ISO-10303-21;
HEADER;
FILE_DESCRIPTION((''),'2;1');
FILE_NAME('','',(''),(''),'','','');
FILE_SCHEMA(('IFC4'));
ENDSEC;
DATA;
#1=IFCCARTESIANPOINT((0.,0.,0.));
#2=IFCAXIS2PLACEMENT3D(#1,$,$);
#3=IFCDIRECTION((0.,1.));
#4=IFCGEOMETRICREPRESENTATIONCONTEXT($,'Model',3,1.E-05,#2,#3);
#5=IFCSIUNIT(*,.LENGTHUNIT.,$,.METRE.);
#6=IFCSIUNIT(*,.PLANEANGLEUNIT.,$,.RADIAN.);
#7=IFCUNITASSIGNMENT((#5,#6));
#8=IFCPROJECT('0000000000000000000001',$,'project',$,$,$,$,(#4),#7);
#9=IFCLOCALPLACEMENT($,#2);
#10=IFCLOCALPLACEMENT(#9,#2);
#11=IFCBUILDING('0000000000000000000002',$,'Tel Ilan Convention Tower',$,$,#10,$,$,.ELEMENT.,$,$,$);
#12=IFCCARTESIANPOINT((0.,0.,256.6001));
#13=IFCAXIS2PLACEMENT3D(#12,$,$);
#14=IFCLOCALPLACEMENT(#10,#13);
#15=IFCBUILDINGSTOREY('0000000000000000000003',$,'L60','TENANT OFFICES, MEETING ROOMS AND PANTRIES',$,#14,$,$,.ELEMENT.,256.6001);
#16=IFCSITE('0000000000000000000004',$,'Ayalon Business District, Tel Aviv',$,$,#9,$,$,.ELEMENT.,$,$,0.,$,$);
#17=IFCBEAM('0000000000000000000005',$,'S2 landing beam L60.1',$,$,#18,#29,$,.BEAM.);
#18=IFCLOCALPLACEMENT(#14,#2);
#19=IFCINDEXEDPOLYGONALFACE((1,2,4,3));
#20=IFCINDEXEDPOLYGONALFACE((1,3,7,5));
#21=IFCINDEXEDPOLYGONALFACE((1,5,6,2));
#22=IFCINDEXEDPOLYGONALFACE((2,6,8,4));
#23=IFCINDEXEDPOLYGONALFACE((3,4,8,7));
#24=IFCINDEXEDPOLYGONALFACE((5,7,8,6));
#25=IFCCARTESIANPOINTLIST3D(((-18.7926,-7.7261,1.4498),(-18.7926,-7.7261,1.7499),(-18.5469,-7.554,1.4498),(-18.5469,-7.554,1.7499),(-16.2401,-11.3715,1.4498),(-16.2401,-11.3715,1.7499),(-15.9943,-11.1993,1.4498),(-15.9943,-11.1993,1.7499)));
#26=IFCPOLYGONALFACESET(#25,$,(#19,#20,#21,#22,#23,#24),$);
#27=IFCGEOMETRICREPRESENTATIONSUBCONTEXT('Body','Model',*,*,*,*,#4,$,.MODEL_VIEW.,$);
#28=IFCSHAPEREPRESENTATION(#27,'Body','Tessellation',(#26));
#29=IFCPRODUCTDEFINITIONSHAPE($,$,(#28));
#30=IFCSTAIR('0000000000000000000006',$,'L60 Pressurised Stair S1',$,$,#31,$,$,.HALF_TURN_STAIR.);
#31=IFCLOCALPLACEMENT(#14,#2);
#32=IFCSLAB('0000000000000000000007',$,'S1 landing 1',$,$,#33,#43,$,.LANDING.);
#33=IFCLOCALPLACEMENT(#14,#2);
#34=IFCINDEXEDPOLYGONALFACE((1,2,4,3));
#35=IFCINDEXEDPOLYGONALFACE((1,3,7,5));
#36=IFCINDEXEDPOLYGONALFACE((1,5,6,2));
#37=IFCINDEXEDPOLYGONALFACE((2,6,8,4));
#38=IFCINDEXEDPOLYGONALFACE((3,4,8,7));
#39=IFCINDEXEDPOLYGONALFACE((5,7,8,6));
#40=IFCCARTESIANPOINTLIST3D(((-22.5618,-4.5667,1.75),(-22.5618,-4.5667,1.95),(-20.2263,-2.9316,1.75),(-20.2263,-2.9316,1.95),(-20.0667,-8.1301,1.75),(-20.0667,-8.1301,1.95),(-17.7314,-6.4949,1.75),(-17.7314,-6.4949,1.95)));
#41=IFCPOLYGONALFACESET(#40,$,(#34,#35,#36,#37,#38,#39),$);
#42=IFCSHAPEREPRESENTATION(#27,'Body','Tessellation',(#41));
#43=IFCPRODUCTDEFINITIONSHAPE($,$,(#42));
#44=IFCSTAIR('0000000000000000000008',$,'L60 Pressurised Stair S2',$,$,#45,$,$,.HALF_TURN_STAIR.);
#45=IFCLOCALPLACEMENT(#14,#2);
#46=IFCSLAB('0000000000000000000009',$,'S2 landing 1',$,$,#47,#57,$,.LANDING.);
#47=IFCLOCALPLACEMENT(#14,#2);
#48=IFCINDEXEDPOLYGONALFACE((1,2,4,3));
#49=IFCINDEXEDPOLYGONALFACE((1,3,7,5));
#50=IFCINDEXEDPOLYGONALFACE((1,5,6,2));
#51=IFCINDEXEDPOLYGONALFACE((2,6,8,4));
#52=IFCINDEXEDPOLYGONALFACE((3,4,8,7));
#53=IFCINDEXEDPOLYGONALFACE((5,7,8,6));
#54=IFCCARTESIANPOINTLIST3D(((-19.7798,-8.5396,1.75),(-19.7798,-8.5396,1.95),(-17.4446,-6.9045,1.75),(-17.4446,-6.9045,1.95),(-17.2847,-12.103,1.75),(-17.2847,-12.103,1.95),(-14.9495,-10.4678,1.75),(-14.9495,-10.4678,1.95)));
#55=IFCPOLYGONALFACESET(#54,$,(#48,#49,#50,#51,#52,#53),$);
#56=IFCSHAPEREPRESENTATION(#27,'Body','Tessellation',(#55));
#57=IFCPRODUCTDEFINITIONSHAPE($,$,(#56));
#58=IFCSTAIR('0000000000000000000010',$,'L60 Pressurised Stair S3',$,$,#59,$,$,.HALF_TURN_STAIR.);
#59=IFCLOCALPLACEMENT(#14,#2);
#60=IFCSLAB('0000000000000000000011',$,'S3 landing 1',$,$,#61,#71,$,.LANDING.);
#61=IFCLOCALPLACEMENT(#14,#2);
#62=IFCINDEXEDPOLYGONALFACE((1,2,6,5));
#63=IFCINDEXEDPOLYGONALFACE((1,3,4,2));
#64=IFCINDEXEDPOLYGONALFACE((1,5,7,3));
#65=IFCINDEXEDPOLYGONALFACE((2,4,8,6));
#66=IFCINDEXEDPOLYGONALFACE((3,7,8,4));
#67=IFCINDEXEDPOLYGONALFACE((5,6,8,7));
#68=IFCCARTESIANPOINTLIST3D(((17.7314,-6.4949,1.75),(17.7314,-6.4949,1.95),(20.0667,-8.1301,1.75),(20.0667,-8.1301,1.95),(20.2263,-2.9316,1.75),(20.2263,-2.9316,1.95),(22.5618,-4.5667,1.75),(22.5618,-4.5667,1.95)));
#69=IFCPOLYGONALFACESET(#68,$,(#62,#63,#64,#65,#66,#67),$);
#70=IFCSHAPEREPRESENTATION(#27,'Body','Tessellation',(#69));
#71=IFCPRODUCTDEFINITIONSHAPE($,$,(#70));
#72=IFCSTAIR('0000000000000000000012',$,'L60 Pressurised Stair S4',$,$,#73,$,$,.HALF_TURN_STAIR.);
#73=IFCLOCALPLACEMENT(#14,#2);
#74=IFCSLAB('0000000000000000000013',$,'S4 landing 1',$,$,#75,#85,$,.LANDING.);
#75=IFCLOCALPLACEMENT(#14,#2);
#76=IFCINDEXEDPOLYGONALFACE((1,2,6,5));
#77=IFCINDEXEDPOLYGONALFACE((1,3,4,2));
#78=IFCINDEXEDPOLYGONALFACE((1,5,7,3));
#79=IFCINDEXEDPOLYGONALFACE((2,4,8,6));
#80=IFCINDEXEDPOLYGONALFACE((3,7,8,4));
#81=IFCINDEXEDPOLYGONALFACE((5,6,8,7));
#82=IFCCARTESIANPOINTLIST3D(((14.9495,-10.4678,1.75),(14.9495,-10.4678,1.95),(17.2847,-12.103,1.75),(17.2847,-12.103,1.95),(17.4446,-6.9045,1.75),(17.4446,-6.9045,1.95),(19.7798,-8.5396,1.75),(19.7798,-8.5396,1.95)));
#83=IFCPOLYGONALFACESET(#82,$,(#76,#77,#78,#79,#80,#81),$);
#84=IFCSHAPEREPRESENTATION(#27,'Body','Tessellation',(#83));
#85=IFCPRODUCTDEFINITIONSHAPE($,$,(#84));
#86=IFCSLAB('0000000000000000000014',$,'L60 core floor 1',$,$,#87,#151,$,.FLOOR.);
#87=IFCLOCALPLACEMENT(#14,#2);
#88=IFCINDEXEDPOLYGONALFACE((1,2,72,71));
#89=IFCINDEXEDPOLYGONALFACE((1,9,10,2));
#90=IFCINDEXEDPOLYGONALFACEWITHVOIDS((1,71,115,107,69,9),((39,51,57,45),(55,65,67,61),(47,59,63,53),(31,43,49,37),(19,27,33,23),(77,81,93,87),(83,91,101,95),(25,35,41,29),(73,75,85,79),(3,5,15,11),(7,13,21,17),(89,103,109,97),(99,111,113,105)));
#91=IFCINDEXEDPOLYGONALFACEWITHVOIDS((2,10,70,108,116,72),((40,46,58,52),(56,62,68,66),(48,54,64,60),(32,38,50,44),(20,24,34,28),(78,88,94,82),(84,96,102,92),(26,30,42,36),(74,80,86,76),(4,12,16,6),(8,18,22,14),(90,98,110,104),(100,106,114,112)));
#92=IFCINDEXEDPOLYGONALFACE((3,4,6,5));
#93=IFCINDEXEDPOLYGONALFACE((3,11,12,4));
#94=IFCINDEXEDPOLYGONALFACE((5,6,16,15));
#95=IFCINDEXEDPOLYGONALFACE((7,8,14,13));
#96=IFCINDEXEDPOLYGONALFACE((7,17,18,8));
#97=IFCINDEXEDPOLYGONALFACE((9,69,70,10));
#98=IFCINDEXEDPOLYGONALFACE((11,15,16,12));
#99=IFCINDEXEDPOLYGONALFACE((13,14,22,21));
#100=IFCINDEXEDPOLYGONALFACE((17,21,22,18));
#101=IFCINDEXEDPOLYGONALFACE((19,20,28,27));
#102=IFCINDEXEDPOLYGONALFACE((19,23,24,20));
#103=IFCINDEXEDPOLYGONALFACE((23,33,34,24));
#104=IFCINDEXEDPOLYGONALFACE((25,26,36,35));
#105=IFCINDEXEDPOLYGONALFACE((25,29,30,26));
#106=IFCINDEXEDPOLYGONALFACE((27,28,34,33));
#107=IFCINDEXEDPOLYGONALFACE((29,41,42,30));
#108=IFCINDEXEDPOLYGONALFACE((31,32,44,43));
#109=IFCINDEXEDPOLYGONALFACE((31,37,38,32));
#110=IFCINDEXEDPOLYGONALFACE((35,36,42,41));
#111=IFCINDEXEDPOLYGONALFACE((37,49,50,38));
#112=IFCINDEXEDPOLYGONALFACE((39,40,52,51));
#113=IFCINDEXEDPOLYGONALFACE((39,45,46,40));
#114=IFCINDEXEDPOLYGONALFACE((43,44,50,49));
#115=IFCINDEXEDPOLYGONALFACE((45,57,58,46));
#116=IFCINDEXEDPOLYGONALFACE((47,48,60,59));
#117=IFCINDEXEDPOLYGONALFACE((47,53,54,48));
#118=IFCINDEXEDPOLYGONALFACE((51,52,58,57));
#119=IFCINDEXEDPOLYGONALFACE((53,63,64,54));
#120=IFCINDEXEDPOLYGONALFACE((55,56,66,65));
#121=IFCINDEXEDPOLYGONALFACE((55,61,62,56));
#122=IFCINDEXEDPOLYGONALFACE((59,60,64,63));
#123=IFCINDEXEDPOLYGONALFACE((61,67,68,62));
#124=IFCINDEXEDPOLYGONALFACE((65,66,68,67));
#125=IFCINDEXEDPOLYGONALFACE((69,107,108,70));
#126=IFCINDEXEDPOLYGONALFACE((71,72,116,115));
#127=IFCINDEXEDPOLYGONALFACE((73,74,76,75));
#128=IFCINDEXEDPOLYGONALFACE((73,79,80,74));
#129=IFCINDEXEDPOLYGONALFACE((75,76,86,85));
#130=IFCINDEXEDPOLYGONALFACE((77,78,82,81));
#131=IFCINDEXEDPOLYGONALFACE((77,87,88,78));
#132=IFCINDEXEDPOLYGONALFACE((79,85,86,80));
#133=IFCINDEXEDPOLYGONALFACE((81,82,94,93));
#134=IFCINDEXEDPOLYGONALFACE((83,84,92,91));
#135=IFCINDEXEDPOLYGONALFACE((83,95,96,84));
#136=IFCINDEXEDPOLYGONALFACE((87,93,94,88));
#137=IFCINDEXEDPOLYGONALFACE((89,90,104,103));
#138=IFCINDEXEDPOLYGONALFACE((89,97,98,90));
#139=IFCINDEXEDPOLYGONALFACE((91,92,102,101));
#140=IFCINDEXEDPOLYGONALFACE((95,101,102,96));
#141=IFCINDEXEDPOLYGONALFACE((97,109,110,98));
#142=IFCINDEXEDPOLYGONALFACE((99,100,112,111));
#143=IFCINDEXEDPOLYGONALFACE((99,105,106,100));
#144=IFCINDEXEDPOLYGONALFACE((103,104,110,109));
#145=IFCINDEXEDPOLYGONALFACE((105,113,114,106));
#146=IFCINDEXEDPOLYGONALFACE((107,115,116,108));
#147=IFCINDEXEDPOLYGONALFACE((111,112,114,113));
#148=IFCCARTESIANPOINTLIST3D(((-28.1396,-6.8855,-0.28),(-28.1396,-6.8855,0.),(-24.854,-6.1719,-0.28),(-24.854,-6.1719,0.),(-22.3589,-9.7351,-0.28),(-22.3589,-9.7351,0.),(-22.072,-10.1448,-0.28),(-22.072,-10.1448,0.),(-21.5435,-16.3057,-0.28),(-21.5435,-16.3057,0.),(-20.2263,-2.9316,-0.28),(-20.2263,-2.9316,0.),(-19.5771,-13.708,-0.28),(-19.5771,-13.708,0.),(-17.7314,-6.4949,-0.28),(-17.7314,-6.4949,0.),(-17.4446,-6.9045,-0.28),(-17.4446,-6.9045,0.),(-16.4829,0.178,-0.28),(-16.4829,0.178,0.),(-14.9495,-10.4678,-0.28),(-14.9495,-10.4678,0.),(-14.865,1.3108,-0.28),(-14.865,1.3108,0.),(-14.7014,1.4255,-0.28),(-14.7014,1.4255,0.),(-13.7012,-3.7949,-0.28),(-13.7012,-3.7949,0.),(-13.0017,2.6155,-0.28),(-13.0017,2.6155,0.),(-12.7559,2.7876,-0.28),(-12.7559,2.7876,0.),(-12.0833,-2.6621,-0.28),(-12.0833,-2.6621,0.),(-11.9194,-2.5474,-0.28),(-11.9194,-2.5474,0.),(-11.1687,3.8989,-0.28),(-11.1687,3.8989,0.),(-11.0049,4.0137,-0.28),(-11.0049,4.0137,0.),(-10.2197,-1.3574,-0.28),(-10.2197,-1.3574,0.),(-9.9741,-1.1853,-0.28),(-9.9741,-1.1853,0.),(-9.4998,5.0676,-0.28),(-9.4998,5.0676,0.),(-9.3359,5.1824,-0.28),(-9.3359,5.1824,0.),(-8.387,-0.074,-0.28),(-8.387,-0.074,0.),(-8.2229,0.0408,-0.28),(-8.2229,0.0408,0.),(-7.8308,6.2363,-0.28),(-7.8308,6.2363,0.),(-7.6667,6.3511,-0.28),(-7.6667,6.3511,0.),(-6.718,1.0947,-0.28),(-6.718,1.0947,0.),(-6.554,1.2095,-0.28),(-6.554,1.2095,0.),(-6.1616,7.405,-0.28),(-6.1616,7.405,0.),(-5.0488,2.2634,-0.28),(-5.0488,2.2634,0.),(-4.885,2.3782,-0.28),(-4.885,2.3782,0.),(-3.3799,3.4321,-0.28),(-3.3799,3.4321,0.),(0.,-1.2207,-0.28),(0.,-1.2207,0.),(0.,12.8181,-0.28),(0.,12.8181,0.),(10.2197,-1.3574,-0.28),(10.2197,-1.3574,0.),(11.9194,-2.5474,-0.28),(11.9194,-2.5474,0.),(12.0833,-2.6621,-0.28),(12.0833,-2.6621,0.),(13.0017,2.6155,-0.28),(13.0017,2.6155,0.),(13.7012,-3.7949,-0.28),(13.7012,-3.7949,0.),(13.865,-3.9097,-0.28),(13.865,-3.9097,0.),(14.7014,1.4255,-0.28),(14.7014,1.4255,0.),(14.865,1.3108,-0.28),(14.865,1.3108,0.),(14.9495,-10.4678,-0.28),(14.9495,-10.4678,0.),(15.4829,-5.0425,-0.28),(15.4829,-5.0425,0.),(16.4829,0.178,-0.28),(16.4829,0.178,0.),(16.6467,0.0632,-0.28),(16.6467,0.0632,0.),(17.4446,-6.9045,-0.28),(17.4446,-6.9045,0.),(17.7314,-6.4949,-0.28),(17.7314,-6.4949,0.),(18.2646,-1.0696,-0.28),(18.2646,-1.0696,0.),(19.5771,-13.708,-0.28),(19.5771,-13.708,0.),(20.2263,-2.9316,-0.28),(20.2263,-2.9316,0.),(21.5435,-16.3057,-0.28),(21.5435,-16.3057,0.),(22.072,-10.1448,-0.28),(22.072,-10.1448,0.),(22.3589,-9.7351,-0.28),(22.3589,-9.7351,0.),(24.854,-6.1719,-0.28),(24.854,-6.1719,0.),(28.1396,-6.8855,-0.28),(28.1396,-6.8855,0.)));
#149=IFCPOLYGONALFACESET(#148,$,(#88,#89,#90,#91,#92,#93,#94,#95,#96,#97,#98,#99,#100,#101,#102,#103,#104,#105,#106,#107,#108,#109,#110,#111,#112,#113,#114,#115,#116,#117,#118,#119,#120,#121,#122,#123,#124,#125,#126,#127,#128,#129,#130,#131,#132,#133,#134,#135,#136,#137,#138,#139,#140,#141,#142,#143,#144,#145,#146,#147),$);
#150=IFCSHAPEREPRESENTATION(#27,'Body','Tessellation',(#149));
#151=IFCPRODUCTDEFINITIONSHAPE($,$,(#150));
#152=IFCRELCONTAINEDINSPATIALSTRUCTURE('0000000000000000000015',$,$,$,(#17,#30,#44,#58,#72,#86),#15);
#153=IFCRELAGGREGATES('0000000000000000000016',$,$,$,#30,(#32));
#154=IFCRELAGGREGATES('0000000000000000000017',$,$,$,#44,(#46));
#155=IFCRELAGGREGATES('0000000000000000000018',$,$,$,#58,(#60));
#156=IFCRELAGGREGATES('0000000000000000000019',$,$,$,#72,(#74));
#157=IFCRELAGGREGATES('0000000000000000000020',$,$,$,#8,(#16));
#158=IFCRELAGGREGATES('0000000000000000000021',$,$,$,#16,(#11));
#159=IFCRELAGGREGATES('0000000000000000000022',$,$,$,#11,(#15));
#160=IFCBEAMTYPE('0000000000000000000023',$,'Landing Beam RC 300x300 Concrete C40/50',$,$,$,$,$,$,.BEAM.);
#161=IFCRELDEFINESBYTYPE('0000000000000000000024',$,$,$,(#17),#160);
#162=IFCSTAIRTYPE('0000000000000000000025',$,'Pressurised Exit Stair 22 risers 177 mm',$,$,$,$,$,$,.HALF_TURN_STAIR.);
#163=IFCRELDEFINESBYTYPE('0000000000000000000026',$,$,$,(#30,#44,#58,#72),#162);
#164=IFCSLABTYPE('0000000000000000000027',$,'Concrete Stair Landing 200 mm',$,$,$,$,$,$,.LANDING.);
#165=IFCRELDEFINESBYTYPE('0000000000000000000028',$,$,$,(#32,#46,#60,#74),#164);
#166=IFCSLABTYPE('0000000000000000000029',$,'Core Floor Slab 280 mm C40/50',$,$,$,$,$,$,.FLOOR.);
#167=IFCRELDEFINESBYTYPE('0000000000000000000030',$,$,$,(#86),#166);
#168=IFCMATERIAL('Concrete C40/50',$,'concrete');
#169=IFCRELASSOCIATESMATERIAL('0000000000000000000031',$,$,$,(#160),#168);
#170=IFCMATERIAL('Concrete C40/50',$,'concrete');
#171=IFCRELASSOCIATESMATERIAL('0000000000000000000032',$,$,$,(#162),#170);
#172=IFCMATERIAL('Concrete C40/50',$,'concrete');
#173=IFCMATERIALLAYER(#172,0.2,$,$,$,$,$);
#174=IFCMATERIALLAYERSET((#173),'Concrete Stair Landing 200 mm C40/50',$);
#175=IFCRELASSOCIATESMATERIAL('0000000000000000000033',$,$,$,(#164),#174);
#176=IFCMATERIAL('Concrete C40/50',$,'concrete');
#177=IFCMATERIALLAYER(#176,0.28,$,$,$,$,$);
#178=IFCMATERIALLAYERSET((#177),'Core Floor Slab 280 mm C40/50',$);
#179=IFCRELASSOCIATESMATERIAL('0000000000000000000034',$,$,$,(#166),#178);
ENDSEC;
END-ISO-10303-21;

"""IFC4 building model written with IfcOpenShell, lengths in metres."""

from ifc_helpers import new_model, si_unit, direction, frame, origin, origin_2d, place, context, subcontext, project, spatial, polyline, rectangle, outline, extrude, material, layer, layer_set, material_profile, profile_set, type_object, element, aggregate, save


model = new_model("IFC4")

# Units and contexts
model_context = context("Model", 3, precision=1e-05, world=origin(), true_north=direction((0.0, 1.0)))
body_context = subcontext(model_context, "Body", "Model", "MODEL_VIEW")
ifc_project = project(units=[si_unit("LENGTHUNIT", "METRE"), si_unit("PLANEANGLEUNIT", "RADIAN")], contexts=[model_context])

# Site, building, storey
site_placement = place(None, origin())
site = spatial("IfcSite", under=ifc_project, at=site_placement, Name="Ayalon Business District, Tel Aviv", CompositionType="ELEMENT", RefElevation=0.0)
building_placement = place(site_placement, origin())
building = spatial("IfcBuilding", under=site, at=building_placement, Name="Tel Ilan Convention Tower", CompositionType="ELEMENT")
storey_placement = place(building_placement, frame((0.0, 0.0, 256.6001)))
storey = spatial("IfcBuildingStorey", under=building, at=storey_placement, Name="L60", Description="TENANT OFFICES, MEETING ROOMS AND PANTRIES", CompositionType="ELEMENT", Elevation=256.6001)

# Beam
ifc_material_1 = material(Name="Concrete C40/50", Category="concrete")
ifc_material_profile = material_profile(ifc_material_1, rectangle(XDim=0.3, YDim=0.3, at=origin_2d()), Name="RC 300x300")
ifc_profile_set = profile_set([ifc_material_profile], Name="Concrete C40/50")
beam_type = type_object("IfcBeamType", Name="Landing Beam RC 300x300 Concrete C40/50", PredefinedType="BEAM", material=ifc_profile_set)
beam_placement = place(storey_placement, frame((-16.1172, -11.2854, 1.5999), z_axis=(-0.573584, 0.819147, 0.0), x_axis=(-0.819147, -0.573584, 0.0)))
element("IfcBeam", 1, at=beam_placement, inside=storey, type_object=beam_type, Name="S2 landing beam L60.1", PredefinedType="BEAM", context=body_context, shape_type="SweptSolid", body=[
    extrude(rectangle(XDim=0.3, YDim=0.3, at=origin_2d()), origin(), (0.0, 0.0, 1.0), 4.4502),
])

# Stairs, slabs
ifc_material_2 = material(Name="Concrete C40/50", Category="concrete")
stair_type = type_object("IfcStairType", Name="Pressurised Exit Stair 22 risers 177 mm", PredefinedType="HALF_TURN_STAIR", material=ifc_material_2)
stair_1_placement = place(storey_placement, origin())
stair_1 = element("IfcStair", 2, at=stair_1_placement, inside=storey, type_object=stair_type, Name="L60 Pressurised Stair S1", PredefinedType="HALF_TURN_STAIR")
ifc_material_3 = material(Name="Concrete C40/50", Category="concrete")
ifc_layer_1 = layer(ifc_material_3, 0.2)
ifc_layer_set_1 = layer_set([ifc_layer_1], Name="Concrete Stair Landing 200 mm C40/50")
slab_type_1 = type_object("IfcSlabType", Name="Concrete Stair Landing 200 mm", PredefinedType="LANDING", material=ifc_layer_set_1)
slab_1_placement = place(storey_placement, frame((0.0, 0.0, 1.75)))
slab_1 = element("IfcSlab", 3, at=slab_1_placement, type_object=slab_type_1, Name="S1 landing 1", PredefinedType="LANDING", context=body_context, shape_type="SweptSolid", body=[
    extrude(outline(polyline([(-20.0667, -8.1301), (-17.7314, -6.4949), (-20.2263, -2.9316), (-22.5618, -4.5667), (-20.0667, -8.1301)])), origin(), (0.0, 0.0, 1.0), 0.2),
])
aggregate(stair_1, [slab_1])
stair_2_placement = place(storey_placement, origin())
stair_2 = element("IfcStair", 4, at=stair_2_placement, inside=storey, type_object=stair_type, Name="L60 Pressurised Stair S2", PredefinedType="HALF_TURN_STAIR")
slab_2_placement = place(storey_placement, frame((0.0, 0.0, 1.75)))
slab_2 = element("IfcSlab", 5, at=slab_2_placement, type_object=slab_type_1, Name="S2 landing 1", PredefinedType="LANDING", context=body_context, shape_type="SweptSolid", body=[
    extrude(outline(polyline([(-17.2847, -12.103), (-14.9495, -10.4678), (-17.4446, -6.9045), (-19.7798, -8.5396), (-17.2847, -12.103)])), origin(), (0.0, 0.0, 1.0), 0.2),
])
aggregate(stair_2, [slab_2])
stair_3_placement = place(storey_placement, origin())
stair_3 = element("IfcStair", 6, at=stair_3_placement, inside=storey, type_object=stair_type, Name="L60 Pressurised Stair S3", PredefinedType="HALF_TURN_STAIR")
slab_3_placement = place(storey_placement, frame((0.0, 0.0, 1.75)))
slab_3 = element("IfcSlab", 7, at=slab_3_placement, type_object=slab_type_1, Name="S3 landing 1", PredefinedType="LANDING", context=body_context, shape_type="SweptSolid", body=[
    extrude(outline(polyline([(22.5618, -4.5667), (20.2263, -2.9316), (17.7314, -6.4949), (20.0667, -8.1301), (22.5618, -4.5667)])), origin(), (0.0, 0.0, 1.0), 0.2),
])
aggregate(stair_3, [slab_3])
stair_4_placement = place(storey_placement, origin())
stair_4 = element("IfcStair", 8, at=stair_4_placement, inside=storey, type_object=stair_type, Name="L60 Pressurised Stair S4", PredefinedType="HALF_TURN_STAIR")
slab_4_placement = place(storey_placement, frame((0.0, 0.0, 1.75)))
slab_4 = element("IfcSlab", 9, at=slab_4_placement, type_object=slab_type_1, Name="S4 landing 1", PredefinedType="LANDING", context=body_context, shape_type="SweptSolid", body=[
    extrude(outline(polyline([(19.7798, -8.5396), (17.4446, -6.9045), (14.9495, -10.4678), (17.2847, -12.103), (19.7798, -8.5396)])), origin(), (0.0, 0.0, 1.0), 0.2),
])
aggregate(stair_4, [slab_4])

# Slab
ifc_material_4 = material(Name="Concrete C40/50", Category="concrete")
ifc_layer_2 = layer(ifc_material_4, 0.28)
ifc_layer_set_2 = layer_set([ifc_layer_2], Name="Core Floor Slab 280 mm C40/50")
slab_type_2 = type_object("IfcSlabType", Name="Core Floor Slab 280 mm C40/50", PredefinedType="FLOOR", material=ifc_layer_set_2)
slab_5_placement = place(storey_placement, frame((0.0, 0.0, -0.28)))
element("IfcSlab", 10, at=slab_5_placement, inside=storey, type_object=slab_type_2, Name="L60 core floor 1", PredefinedType="FLOOR", context=body_context, shape_type="SweptSolid", body=[
    extrude(outline(polyline([(-28.1396, -6.8855), (0.0, 12.8181), (28.1396, -6.8855), (21.5435, -16.3057), (0.0, -1.2207), (-21.5435, -16.3057), (-28.1396, -6.8855)]), holes=[polyline([(-17.4446, -6.9045), (-22.072, -10.1448), (-19.5771, -13.708), (-14.9495, -10.4678), (-17.4446, -6.9045)]), polyline([(-17.7314, -6.4949), (-20.2263, -2.9316), (-24.854, -6.1719), (-22.3589, -9.7351), (-17.7314, -6.4949)]), polyline([(-14.865, 1.3108), (-16.4829, 0.178), (-13.7012, -3.7949), (-12.0833, -2.6621), (-14.865, 1.3108)]), polyline([(-14.7014, 1.4255), (-11.9194, -2.5474), (-10.2197, -1.3574), (-13.0017, 2.6155), (-14.7014, 1.4255)]), polyline([(-11.1687, 3.8989), (-12.7559, 2.7876), (-9.9741, -1.1853), (-8.387, -0.074), (-11.1687, 3.8989)]), polyline([(-9.4998, 5.0676), (-11.0049, 4.0137), (-8.2229, 0.0408), (-6.718, 1.0947), (-9.4998, 5.0676)]), polyline([(-9.3359, 5.1824), (-6.554, 1.2095), (-5.0488, 2.2634), (-7.8308, 6.2363), (-9.3359, 5.1824)]), polyline([(17.4446, -6.9045), (14.9495, -10.4678), (19.5771, -13.708), (22.072, -10.1448), (17.4446, -6.9045)]), polyline([(20.2263, -2.9316), (17.7314, -6.4949), (22.3589, -9.7351), (24.854, -6.1719), (20.2263, -2.9316)]), polyline([(15.4829, -5.0425), (18.2646, -1.0696), (16.6467, 0.0632), (13.865, -3.9097), (15.4829, -5.0425)]), polyline([(13.7012, -3.7949), (16.4829, 0.178), (14.865, 1.3108), (12.0833, -2.6621), (13.7012, -3.7949)]), polyline([(11.9194, -2.5474), (14.7014, 1.4255), (13.0017, 2.6155), (10.2197, -1.3574), (11.9194, -2.5474)]), polyline([(-6.1616, 7.405), (-7.6667, 6.3511), (-4.885, 2.3782), (-3.3799, 3.4321), (-6.1616, 7.405)])]), origin(), (0.0, 0.0, 1.0), 0.28),
])

save(model, "model.ifc")
